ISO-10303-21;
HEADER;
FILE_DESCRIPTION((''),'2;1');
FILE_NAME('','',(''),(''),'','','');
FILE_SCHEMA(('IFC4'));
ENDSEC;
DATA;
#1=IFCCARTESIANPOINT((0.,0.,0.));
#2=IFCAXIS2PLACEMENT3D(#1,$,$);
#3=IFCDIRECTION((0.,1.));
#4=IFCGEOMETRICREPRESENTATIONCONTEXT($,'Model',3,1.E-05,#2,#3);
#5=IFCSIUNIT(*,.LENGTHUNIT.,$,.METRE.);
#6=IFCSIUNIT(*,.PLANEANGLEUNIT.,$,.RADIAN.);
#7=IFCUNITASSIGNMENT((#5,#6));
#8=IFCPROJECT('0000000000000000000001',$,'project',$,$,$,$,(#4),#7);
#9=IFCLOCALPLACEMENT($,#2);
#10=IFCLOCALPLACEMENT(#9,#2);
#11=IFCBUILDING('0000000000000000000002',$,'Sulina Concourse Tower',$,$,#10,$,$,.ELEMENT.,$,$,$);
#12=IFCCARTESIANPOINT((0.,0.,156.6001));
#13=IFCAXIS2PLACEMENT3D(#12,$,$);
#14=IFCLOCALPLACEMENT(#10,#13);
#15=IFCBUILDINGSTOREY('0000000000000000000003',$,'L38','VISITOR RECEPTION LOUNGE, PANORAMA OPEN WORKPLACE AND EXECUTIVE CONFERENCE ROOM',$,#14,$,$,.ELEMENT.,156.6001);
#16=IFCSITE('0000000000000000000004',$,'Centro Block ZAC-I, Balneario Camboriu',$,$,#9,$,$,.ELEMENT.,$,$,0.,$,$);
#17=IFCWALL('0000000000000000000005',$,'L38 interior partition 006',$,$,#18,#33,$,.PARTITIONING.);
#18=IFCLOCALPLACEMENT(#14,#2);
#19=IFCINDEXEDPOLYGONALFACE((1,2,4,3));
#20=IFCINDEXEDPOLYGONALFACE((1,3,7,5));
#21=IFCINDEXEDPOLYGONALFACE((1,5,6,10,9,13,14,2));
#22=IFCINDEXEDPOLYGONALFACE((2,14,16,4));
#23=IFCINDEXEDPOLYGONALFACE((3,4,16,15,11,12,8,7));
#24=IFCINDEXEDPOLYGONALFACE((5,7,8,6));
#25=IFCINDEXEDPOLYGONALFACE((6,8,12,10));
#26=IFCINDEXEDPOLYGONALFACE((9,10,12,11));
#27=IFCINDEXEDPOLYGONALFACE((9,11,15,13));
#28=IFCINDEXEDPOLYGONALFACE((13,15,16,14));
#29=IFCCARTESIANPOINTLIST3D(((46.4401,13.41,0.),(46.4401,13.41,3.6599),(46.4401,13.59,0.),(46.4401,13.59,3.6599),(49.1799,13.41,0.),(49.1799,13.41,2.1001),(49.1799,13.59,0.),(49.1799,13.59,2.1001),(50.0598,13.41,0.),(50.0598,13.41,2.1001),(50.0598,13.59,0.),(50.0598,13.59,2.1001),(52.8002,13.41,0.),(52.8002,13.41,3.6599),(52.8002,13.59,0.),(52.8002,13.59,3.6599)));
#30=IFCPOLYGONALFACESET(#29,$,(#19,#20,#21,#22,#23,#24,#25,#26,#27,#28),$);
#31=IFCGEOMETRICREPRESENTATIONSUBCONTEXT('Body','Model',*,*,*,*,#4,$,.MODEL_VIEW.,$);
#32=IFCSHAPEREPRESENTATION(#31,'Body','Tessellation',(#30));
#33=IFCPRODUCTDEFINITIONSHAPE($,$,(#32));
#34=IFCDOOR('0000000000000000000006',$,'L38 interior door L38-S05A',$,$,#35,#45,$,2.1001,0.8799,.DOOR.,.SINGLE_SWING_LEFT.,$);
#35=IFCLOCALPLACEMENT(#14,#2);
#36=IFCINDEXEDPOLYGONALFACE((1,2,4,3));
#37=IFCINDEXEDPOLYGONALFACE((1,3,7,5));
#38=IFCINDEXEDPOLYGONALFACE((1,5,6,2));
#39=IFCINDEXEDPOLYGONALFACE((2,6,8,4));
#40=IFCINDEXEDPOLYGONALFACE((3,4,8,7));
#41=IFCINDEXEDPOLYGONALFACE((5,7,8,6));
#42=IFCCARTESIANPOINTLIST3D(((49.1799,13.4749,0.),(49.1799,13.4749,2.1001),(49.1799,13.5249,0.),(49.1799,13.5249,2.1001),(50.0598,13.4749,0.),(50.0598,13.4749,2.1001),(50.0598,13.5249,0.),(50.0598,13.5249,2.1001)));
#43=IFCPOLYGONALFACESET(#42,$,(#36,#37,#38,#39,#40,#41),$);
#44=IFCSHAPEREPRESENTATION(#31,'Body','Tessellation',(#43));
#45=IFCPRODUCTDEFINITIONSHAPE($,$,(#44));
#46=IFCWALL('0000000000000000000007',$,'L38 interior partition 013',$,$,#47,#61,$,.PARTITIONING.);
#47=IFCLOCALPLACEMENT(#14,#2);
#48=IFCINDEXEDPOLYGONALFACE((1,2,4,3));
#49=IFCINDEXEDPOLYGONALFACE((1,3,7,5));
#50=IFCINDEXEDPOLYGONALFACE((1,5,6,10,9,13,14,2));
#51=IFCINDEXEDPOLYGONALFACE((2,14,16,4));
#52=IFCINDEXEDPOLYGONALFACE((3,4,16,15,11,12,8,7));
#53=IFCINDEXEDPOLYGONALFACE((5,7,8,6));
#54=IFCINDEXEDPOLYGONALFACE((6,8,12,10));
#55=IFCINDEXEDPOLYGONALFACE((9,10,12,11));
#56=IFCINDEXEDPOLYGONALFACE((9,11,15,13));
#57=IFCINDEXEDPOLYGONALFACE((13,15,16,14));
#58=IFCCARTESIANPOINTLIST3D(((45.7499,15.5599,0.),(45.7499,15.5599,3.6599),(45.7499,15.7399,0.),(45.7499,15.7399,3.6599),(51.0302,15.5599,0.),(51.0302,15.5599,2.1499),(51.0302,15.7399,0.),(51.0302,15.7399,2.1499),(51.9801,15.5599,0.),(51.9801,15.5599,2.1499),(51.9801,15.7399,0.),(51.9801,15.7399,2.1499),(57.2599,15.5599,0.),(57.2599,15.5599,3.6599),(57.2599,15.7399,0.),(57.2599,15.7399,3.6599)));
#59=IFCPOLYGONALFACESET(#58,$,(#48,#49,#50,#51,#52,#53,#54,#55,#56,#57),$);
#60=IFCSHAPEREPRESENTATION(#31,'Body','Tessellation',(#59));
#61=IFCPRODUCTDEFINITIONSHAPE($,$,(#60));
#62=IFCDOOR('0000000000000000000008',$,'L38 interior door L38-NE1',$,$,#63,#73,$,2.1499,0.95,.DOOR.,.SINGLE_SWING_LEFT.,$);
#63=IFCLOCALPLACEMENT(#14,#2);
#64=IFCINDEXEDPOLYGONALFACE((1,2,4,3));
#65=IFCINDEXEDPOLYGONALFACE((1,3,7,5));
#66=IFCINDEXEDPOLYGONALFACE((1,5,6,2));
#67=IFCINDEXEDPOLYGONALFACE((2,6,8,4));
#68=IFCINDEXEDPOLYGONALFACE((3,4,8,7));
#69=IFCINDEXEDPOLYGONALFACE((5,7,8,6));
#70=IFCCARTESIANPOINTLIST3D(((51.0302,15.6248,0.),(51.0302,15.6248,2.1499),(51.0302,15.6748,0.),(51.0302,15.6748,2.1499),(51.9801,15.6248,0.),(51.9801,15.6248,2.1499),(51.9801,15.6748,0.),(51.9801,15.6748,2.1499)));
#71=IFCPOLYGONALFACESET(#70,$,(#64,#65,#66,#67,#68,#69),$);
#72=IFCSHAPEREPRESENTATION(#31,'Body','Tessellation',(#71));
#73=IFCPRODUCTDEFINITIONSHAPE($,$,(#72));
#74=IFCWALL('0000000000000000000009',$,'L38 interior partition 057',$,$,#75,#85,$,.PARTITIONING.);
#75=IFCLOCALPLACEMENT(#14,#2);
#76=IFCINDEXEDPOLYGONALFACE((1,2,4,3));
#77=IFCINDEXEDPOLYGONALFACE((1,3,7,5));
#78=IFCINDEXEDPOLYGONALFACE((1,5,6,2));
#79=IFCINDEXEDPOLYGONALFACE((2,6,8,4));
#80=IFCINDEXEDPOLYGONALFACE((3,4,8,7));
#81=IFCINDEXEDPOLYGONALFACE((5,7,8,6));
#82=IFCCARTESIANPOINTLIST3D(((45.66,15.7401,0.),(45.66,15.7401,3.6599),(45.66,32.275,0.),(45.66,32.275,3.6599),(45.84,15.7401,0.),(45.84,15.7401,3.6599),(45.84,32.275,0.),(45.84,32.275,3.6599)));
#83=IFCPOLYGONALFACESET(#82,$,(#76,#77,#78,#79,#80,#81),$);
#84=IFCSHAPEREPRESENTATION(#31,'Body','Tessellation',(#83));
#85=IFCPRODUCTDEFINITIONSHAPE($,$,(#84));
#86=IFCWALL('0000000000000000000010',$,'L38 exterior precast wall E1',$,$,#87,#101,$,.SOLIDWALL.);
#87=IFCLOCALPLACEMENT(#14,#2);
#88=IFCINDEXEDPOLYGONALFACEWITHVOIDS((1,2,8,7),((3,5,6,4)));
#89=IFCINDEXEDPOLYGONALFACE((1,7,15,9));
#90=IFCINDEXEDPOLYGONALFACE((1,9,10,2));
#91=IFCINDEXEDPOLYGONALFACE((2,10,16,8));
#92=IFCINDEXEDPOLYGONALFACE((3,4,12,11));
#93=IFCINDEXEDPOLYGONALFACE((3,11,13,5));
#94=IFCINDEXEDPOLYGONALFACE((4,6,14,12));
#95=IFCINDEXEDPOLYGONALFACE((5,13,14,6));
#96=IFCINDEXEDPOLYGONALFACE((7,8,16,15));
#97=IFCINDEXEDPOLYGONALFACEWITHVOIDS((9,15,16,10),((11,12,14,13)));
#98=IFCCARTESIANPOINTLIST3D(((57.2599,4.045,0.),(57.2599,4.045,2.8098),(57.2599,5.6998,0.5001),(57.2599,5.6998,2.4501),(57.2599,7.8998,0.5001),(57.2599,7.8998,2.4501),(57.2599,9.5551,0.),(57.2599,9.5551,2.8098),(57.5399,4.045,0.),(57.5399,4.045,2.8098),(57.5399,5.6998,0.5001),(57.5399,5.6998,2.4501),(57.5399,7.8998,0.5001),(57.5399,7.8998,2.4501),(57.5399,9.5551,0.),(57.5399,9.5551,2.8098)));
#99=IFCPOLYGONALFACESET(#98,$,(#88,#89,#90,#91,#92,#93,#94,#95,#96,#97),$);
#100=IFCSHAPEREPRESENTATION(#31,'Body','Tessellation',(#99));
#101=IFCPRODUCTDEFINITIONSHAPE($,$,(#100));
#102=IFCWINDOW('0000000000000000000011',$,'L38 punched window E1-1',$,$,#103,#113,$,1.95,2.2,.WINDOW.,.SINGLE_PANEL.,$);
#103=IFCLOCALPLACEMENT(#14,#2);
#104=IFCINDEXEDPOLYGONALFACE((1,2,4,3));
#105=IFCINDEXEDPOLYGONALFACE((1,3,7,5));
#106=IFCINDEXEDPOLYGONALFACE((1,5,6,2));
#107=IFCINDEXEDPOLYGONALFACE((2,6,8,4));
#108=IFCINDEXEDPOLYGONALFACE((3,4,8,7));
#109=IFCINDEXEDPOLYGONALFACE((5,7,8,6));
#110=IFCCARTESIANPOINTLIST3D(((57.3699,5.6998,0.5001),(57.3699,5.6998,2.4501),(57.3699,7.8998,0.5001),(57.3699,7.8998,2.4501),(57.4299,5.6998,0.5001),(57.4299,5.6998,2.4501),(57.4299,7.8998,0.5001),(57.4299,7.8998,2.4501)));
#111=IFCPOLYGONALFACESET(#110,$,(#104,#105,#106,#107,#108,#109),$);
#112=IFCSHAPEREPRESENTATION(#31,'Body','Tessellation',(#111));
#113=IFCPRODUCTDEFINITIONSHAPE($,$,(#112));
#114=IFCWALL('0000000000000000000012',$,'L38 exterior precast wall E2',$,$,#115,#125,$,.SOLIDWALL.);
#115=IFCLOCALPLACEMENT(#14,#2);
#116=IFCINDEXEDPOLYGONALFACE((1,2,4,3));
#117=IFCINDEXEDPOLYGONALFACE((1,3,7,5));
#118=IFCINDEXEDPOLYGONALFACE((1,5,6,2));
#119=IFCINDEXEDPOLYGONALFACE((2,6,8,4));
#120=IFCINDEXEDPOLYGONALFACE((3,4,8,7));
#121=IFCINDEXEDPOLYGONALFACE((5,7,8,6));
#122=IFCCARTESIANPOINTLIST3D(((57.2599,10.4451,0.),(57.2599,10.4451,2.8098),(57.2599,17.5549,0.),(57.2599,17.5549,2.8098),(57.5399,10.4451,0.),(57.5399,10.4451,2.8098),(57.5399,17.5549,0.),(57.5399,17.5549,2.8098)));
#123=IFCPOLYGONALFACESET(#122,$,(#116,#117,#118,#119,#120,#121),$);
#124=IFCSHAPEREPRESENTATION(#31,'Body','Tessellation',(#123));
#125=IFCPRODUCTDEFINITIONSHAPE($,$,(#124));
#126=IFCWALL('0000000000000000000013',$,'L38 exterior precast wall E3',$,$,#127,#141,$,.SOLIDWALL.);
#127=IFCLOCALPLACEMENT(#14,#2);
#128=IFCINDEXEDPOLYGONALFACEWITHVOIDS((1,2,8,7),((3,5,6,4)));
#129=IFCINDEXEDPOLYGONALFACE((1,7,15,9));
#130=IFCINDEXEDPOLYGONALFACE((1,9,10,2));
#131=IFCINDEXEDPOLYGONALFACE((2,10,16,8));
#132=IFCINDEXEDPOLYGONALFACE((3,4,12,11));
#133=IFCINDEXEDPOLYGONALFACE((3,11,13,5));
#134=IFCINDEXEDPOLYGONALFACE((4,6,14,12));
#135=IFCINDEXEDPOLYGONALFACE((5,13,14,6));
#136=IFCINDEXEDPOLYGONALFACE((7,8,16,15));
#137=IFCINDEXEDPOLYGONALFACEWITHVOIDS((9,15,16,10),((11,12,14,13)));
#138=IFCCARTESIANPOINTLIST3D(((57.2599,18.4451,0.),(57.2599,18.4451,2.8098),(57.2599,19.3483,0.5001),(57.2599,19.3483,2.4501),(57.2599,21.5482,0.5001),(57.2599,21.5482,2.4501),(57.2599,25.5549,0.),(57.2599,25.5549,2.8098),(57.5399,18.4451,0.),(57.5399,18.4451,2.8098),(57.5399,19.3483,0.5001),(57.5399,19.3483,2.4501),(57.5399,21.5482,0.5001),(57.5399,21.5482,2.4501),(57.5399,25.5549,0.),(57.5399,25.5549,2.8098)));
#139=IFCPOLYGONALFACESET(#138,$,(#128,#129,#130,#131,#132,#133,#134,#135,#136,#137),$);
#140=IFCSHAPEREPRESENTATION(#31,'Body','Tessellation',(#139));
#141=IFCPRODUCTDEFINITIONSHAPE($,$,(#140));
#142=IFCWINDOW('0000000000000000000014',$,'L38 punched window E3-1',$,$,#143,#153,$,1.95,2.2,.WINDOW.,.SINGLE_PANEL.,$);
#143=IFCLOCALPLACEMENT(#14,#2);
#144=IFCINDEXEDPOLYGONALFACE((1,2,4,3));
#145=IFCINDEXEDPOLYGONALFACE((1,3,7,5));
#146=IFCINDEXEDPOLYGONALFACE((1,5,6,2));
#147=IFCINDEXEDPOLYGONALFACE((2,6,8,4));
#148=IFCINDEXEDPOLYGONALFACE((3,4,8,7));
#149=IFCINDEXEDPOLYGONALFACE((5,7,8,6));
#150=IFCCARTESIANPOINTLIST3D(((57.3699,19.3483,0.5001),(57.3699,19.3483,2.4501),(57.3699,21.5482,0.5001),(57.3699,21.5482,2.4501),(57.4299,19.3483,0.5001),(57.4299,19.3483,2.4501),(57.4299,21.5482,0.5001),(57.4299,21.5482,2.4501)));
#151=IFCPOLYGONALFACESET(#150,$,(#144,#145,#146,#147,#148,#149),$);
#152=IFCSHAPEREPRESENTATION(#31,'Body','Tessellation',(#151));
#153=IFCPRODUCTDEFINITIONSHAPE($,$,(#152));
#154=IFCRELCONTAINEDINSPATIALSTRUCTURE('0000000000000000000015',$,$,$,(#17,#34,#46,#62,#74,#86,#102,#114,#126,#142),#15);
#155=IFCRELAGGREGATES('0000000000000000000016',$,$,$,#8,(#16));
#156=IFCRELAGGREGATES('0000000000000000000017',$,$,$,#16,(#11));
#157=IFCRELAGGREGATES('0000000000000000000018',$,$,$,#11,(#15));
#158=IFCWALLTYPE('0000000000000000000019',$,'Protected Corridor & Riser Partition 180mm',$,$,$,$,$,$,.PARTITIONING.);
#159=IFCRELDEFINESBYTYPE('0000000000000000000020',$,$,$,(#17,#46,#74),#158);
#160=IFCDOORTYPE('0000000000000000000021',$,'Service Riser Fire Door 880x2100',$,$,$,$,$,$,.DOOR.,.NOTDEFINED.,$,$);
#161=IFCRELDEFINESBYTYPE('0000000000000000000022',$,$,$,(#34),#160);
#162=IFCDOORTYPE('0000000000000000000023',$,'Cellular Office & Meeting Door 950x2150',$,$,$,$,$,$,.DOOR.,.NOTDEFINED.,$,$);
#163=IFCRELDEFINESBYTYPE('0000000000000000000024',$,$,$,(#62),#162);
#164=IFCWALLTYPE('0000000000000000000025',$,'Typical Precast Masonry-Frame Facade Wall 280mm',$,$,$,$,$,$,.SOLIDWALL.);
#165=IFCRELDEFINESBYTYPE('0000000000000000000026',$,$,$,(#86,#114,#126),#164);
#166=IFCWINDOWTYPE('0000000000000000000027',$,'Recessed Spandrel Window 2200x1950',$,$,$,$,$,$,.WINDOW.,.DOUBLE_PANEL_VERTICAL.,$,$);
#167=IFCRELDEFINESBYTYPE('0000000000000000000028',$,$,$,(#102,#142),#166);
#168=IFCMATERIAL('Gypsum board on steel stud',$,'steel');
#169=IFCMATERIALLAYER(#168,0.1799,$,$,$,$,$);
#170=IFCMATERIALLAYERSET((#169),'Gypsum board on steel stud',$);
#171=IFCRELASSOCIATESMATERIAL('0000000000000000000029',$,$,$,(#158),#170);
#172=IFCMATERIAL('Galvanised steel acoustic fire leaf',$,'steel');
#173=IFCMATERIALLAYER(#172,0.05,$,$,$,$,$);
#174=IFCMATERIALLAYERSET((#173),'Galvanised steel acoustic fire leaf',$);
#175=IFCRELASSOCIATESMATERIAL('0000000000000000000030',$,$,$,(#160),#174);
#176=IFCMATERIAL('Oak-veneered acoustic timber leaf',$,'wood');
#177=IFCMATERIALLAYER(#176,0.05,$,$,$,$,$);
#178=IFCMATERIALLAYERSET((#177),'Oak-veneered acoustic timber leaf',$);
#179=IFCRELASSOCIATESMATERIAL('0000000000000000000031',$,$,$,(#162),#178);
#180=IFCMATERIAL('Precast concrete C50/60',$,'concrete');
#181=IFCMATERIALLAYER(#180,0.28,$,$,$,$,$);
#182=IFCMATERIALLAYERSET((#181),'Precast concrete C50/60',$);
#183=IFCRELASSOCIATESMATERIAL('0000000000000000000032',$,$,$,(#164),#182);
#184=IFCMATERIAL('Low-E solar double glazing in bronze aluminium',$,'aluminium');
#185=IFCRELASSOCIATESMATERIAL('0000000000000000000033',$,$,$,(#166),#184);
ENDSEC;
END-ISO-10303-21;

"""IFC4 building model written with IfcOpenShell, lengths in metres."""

from ifc_helpers import new_model, si_unit, direction, frame, frame_2d, origin, place, context, subcontext, project, spatial, rectangle, extrude, material, layer, layer_set, type_object, element, fill, save


model = new_model("IFC4")

# Units and contexts
model_context = context("Model", 3, precision=1e-05, world=origin(), true_north=direction((0.0, 1.0)))
body_context = subcontext(model_context, "Body", "Model", "MODEL_VIEW")
ifc_project = project(units=[si_unit("LENGTHUNIT", "METRE"), si_unit("PLANEANGLEUNIT", "RADIAN")], contexts=[model_context])

# Site, building, storey
site_placement = place(None, origin())
site = spatial("IfcSite", under=ifc_project, at=site_placement, Name="Centro Block ZAC-I, Balneario Camboriu", CompositionType="ELEMENT", RefElevation=0.0)
building_placement = place(site_placement, origin())
building = spatial("IfcBuilding", under=site, at=building_placement, Name="Sulina Concourse Tower", CompositionType="ELEMENT")
storey_placement = place(building_placement, frame((0.0, 0.0, 156.6001)))
storey = spatial("IfcBuildingStorey", under=building, at=storey_placement, Name="L38", Description="VISITOR RECEPTION LOUNGE, PANORAMA OPEN WORKPLACE AND EXECUTIVE CONFERENCE ROOM", CompositionType="ELEMENT", Elevation=156.6001)

# Walls, openings, doors
ifc_material_1 = material(Name="Gypsum board on steel stud", Category="steel")
ifc_layer_1 = layer(ifc_material_1, 0.1799)
ifc_layer_set_1 = layer_set([ifc_layer_1], Name="Gypsum board on steel stud")
wall_type_1 = type_object("IfcWallType", Name="Protected Corridor & Riser Partition 180mm", PredefinedType="PARTITIONING", material=ifc_layer_set_1)
wall_1_placement = place(storey_placement, frame((46.4399, 13.5, 0.0), z_axis=(0.0, 0.0, 1.0), x_axis=(1.0, 0.0, 0.0)))
wall_1 = element("IfcWall", 1, at=wall_1_placement, inside=storey, type_object=wall_type_1, Name="L38 interior partition 006", PredefinedType="PARTITIONING", context=body_context, shape_type="SweptSolid", body=[
    extrude(rectangle(XDim=6.3601, YDim=0.1799, at=frame_2d((3.1802, 0.0))), origin(), (0.0, 0.0, 1.0), 3.6599),
])
opening_1_placement = place(wall_1_placement, frame((2.74, 0.0, 0.0)))
opening_1 = element("IfcOpeningElement", 2, at=opening_1_placement, cuts=wall_1, PredefinedType="OPENING", context=body_context, shape_type="SweptSolid", body=[
    extrude(rectangle(XDim=0.8799, YDim=2.1001, at=frame_2d((0.4399, 1.05))), frame((0.0, 0.0999, 0.0), z_axis=(0.0, -1.0, 0.0), x_axis=(1.0, 0.0, 0.0)), (0.0, 0.0, 1.0), 0.2),
])
ifc_material_2 = material(Name="Galvanised steel acoustic fire leaf", Category="steel")
ifc_layer_2 = layer(ifc_material_2, 0.05)
ifc_layer_set_2 = layer_set([ifc_layer_2], Name="Galvanised steel acoustic fire leaf")
door_type_1 = type_object("IfcDoorType", Name="Service Riser Fire Door 880x2100", OperationType="NOTDEFINED", PredefinedType="DOOR", material=ifc_layer_set_2)
door_1_placement = place(opening_1_placement, origin())
door_1 = element("IfcDoor", 3, at=door_1_placement, inside=storey, type_object=door_type_1, Name="L38 interior door L38-S05A", OperationType="SINGLE_SWING_LEFT", OverallHeight=2.1001, OverallWidth=0.8799, PredefinedType="DOOR", context=body_context, shape_type="SweptSolid", body=[
    extrude(rectangle(XDim=0.8799, YDim=2.1001, at=frame_2d((0.4399, 1.05))), frame((0.0, 0.0249, 0.0), z_axis=(0.0, -1.0, 0.0), x_axis=(1.0, 0.0, 0.0)), (0.0, 0.0, 1.0), 0.05),
])
fill(opening_1, door_1)
ifc_material_3 = material(Name="Oak-veneered acoustic timber leaf", Category="wood")
ifc_layer_3 = layer(ifc_material_3, 0.05)
ifc_layer_set_3 = layer_set([ifc_layer_3], Name="Oak-veneered acoustic timber leaf")
door_type_2 = type_object("IfcDoorType", Name="Cellular Office & Meeting Door 950x2150", OperationType="NOTDEFINED", PredefinedType="DOOR", material=ifc_layer_set_3)
wall_2_placement = place(storey_placement, frame((45.75, 15.6499, 0.0), z_axis=(0.0, 0.0, 1.0), x_axis=(1.0, 0.0, 0.0)))
wall_2 = element("IfcWall", 4, at=wall_2_placement, inside=storey, type_object=wall_type_1, Name="L38 interior partition 013", PredefinedType="PARTITIONING", context=body_context, shape_type="SweptSolid", body=[
    extrude(rectangle(XDim=11.51, YDim=0.1799, at=frame_2d((5.7549, 0.0))), origin(), (0.0, 0.0, 1.0), 3.6599),
])
opening_2_placement = place(wall_2_placement, frame((5.28, 0.0, 0.0)))
opening_2 = element("IfcOpeningElement", 5, at=opening_2_placement, cuts=wall_2, PredefinedType="OPENING", context=body_context, shape_type="SweptSolid", body=[
    extrude(rectangle(XDim=0.95, YDim=2.1499, at=frame_2d((0.4751, 1.075))), frame((0.0, 0.0999, 0.0), z_axis=(0.0, -1.0, 0.0), x_axis=(1.0, 0.0, 0.0)), (0.0, 0.0, 1.0), 0.2),
])
door_2_placement = place(opening_2_placement, origin())
door_2 = element("IfcDoor", 6, at=door_2_placement, inside=storey, type_object=door_type_2, Name="L38 interior door L38-NE1", OperationType="SINGLE_SWING_LEFT", OverallHeight=2.1499, OverallWidth=0.95, PredefinedType="DOOR", context=body_context, shape_type="SweptSolid", body=[
    extrude(rectangle(XDim=0.95, YDim=2.1499, at=frame_2d((0.4751, 1.075))), frame((0.0, 0.0249, 0.0), z_axis=(0.0, -1.0, 0.0), x_axis=(1.0, 0.0, 0.0)), (0.0, 0.0, 1.0), 0.05),
])
fill(opening_2, door_2)

# Wall
wall_3_placement = place(storey_placement, frame((45.75, 15.74, 0.0), z_axis=(0.0, 0.0, 1.0), x_axis=(0.0, 1.0, 0.0)))
element("IfcWall", 7, at=wall_3_placement, inside=storey, type_object=wall_type_1, Name="L38 interior partition 057", PredefinedType="PARTITIONING", context=body_context, shape_type="SweptSolid", body=[
    extrude(rectangle(XDim=16.5349, YDim=0.1799, at=frame_2d((8.2676, 0.0))), origin(), (0.0, 0.0, 1.0), 3.6599),
])

# Wall, opening, window
ifc_material_4 = material(Name="Precast concrete C50/60", Category="concrete")
ifc_layer_4 = layer(ifc_material_4, 0.28)
ifc_layer_set_4 = layer_set([ifc_layer_4], Name="Precast concrete C50/60")
wall_type_2 = type_object("IfcWallType", Name="Typical Precast Masonry-Frame Facade Wall 280mm", PredefinedType="SOLIDWALL", material=ifc_layer_set_4)
wall_4_placement = place(storey_placement, frame((57.3999, 9.5549, 0.0), z_axis=(0.0, 0.0, 1.0), x_axis=(0.0, -1.0, 0.0)))
wall_4 = element("IfcWall", 8, at=wall_4_placement, inside=storey, type_object=wall_type_2, Name="L38 exterior precast wall E1", PredefinedType="SOLIDWALL", context=body_context, shape_type="SweptSolid", body=[
    extrude(rectangle(XDim=5.51, YDim=0.28, at=frame_2d((2.7549, 0.0))), origin(), (0.0, 0.0, 1.0), 2.8098),
])
opening_3_placement = place(wall_4_placement, frame((1.655, 0.0, 0.5)))
opening_3 = element("IfcOpeningElement", 9, at=opening_3_placement, cuts=wall_4, PredefinedType="OPENING", context=body_context, shape_type="SweptSolid", body=[
    extrude(rectangle(XDim=2.2, YDim=1.95, at=frame_2d((1.1001, 0.9751))), frame((0.0, 0.1499, 0.0), z_axis=(0.0, -1.0, 0.0), x_axis=(1.0, 0.0, 0.0)), (0.0, 0.0, 1.0), 0.3),
])
ifc_material_5 = material(Name="Low-E solar double glazing in bronze aluminium", Category="aluminium")
window_type = type_object("IfcWindowType", Name="Recessed Spandrel Window 2200x1950", PartitioningType="DOUBLE_PANEL_VERTICAL", PredefinedType="WINDOW", material=ifc_material_5)
window_1_placement = place(opening_3_placement, origin())
window_1 = element("IfcWindow", 10, at=window_1_placement, inside=storey, type_object=window_type, Name="L38 punched window E1-1", OverallHeight=1.95, OverallWidth=2.2, PartitioningType="SINGLE_PANEL", PredefinedType="WINDOW", context=body_context, shape_type="SweptSolid", body=[
    extrude(rectangle(XDim=2.2, YDim=1.95, at=frame_2d((1.1001, 0.9751))), frame((0.0, 0.03, 0.0), z_axis=(0.0, -1.0, 0.0), x_axis=(1.0, 0.0, 0.0)), (0.0, 0.0, 1.0), 0.0601),
])
fill(opening_3, window_1)

# Wall
wall_5_placement = place(storey_placement, frame((57.3999, 17.5549, 0.0), z_axis=(0.0, 0.0, 1.0), x_axis=(0.0, -1.0, 0.0)))
element("IfcWall", 11, at=wall_5_placement, inside=storey, type_object=wall_type_2, Name="L38 exterior precast wall E2", PredefinedType="SOLIDWALL", context=body_context, shape_type="SweptSolid", body=[
    extrude(rectangle(XDim=7.1099, YDim=0.28, at=frame_2d((3.5549, 0.0))), origin(), (0.0, 0.0, 1.0), 2.8098),
])

# Wall, opening, window
wall_6_placement = place(storey_placement, frame((57.3999, 25.5549, 0.0), z_axis=(0.0, 0.0, 1.0), x_axis=(0.0, -1.0, 0.0)))
wall_6 = element("IfcWall", 12, at=wall_6_placement, inside=storey, type_object=wall_type_2, Name="L38 exterior precast wall E3", PredefinedType="SOLIDWALL", context=body_context, shape_type="SweptSolid", body=[
    extrude(rectangle(XDim=7.1099, YDim=0.28, at=frame_2d((3.5549, 0.0))), origin(), (0.0, 0.0, 1.0), 2.8098),
])
opening_4_placement = place(wall_6_placement, frame((4.0066, 0.0, 0.5)))
opening_4 = element("IfcOpeningElement", 13, at=opening_4_placement, cuts=wall_6, PredefinedType="OPENING", context=body_context, shape_type="SweptSolid", body=[
    extrude(rectangle(XDim=2.2, YDim=1.95, at=frame_2d((1.1001, 0.9751))), frame((0.0, 0.1499, 0.0), z_axis=(0.0, -1.0, 0.0), x_axis=(1.0, 0.0, 0.0)), (0.0, 0.0, 1.0), 0.3),
])
window_2_placement = place(opening_4_placement, origin())
window_2 = element("IfcWindow", 14, at=window_2_placement, inside=storey, type_object=window_type, Name="L38 punched window E3-1", OverallHeight=1.95, OverallWidth=2.2, PartitioningType="SINGLE_PANEL", PredefinedType="WINDOW", context=body_context, shape_type="SweptSolid", body=[
    extrude(rectangle(XDim=2.2, YDim=1.95, at=frame_2d((1.1001, 0.9751))), frame((0.0, 0.03, 0.0), z_axis=(0.0, -1.0, 0.0), x_axis=(1.0, 0.0, 0.0)), (0.0, 0.0, 1.0), 0.0601),
])
fill(opening_4, window_2)

save(model, "model.ifc")
